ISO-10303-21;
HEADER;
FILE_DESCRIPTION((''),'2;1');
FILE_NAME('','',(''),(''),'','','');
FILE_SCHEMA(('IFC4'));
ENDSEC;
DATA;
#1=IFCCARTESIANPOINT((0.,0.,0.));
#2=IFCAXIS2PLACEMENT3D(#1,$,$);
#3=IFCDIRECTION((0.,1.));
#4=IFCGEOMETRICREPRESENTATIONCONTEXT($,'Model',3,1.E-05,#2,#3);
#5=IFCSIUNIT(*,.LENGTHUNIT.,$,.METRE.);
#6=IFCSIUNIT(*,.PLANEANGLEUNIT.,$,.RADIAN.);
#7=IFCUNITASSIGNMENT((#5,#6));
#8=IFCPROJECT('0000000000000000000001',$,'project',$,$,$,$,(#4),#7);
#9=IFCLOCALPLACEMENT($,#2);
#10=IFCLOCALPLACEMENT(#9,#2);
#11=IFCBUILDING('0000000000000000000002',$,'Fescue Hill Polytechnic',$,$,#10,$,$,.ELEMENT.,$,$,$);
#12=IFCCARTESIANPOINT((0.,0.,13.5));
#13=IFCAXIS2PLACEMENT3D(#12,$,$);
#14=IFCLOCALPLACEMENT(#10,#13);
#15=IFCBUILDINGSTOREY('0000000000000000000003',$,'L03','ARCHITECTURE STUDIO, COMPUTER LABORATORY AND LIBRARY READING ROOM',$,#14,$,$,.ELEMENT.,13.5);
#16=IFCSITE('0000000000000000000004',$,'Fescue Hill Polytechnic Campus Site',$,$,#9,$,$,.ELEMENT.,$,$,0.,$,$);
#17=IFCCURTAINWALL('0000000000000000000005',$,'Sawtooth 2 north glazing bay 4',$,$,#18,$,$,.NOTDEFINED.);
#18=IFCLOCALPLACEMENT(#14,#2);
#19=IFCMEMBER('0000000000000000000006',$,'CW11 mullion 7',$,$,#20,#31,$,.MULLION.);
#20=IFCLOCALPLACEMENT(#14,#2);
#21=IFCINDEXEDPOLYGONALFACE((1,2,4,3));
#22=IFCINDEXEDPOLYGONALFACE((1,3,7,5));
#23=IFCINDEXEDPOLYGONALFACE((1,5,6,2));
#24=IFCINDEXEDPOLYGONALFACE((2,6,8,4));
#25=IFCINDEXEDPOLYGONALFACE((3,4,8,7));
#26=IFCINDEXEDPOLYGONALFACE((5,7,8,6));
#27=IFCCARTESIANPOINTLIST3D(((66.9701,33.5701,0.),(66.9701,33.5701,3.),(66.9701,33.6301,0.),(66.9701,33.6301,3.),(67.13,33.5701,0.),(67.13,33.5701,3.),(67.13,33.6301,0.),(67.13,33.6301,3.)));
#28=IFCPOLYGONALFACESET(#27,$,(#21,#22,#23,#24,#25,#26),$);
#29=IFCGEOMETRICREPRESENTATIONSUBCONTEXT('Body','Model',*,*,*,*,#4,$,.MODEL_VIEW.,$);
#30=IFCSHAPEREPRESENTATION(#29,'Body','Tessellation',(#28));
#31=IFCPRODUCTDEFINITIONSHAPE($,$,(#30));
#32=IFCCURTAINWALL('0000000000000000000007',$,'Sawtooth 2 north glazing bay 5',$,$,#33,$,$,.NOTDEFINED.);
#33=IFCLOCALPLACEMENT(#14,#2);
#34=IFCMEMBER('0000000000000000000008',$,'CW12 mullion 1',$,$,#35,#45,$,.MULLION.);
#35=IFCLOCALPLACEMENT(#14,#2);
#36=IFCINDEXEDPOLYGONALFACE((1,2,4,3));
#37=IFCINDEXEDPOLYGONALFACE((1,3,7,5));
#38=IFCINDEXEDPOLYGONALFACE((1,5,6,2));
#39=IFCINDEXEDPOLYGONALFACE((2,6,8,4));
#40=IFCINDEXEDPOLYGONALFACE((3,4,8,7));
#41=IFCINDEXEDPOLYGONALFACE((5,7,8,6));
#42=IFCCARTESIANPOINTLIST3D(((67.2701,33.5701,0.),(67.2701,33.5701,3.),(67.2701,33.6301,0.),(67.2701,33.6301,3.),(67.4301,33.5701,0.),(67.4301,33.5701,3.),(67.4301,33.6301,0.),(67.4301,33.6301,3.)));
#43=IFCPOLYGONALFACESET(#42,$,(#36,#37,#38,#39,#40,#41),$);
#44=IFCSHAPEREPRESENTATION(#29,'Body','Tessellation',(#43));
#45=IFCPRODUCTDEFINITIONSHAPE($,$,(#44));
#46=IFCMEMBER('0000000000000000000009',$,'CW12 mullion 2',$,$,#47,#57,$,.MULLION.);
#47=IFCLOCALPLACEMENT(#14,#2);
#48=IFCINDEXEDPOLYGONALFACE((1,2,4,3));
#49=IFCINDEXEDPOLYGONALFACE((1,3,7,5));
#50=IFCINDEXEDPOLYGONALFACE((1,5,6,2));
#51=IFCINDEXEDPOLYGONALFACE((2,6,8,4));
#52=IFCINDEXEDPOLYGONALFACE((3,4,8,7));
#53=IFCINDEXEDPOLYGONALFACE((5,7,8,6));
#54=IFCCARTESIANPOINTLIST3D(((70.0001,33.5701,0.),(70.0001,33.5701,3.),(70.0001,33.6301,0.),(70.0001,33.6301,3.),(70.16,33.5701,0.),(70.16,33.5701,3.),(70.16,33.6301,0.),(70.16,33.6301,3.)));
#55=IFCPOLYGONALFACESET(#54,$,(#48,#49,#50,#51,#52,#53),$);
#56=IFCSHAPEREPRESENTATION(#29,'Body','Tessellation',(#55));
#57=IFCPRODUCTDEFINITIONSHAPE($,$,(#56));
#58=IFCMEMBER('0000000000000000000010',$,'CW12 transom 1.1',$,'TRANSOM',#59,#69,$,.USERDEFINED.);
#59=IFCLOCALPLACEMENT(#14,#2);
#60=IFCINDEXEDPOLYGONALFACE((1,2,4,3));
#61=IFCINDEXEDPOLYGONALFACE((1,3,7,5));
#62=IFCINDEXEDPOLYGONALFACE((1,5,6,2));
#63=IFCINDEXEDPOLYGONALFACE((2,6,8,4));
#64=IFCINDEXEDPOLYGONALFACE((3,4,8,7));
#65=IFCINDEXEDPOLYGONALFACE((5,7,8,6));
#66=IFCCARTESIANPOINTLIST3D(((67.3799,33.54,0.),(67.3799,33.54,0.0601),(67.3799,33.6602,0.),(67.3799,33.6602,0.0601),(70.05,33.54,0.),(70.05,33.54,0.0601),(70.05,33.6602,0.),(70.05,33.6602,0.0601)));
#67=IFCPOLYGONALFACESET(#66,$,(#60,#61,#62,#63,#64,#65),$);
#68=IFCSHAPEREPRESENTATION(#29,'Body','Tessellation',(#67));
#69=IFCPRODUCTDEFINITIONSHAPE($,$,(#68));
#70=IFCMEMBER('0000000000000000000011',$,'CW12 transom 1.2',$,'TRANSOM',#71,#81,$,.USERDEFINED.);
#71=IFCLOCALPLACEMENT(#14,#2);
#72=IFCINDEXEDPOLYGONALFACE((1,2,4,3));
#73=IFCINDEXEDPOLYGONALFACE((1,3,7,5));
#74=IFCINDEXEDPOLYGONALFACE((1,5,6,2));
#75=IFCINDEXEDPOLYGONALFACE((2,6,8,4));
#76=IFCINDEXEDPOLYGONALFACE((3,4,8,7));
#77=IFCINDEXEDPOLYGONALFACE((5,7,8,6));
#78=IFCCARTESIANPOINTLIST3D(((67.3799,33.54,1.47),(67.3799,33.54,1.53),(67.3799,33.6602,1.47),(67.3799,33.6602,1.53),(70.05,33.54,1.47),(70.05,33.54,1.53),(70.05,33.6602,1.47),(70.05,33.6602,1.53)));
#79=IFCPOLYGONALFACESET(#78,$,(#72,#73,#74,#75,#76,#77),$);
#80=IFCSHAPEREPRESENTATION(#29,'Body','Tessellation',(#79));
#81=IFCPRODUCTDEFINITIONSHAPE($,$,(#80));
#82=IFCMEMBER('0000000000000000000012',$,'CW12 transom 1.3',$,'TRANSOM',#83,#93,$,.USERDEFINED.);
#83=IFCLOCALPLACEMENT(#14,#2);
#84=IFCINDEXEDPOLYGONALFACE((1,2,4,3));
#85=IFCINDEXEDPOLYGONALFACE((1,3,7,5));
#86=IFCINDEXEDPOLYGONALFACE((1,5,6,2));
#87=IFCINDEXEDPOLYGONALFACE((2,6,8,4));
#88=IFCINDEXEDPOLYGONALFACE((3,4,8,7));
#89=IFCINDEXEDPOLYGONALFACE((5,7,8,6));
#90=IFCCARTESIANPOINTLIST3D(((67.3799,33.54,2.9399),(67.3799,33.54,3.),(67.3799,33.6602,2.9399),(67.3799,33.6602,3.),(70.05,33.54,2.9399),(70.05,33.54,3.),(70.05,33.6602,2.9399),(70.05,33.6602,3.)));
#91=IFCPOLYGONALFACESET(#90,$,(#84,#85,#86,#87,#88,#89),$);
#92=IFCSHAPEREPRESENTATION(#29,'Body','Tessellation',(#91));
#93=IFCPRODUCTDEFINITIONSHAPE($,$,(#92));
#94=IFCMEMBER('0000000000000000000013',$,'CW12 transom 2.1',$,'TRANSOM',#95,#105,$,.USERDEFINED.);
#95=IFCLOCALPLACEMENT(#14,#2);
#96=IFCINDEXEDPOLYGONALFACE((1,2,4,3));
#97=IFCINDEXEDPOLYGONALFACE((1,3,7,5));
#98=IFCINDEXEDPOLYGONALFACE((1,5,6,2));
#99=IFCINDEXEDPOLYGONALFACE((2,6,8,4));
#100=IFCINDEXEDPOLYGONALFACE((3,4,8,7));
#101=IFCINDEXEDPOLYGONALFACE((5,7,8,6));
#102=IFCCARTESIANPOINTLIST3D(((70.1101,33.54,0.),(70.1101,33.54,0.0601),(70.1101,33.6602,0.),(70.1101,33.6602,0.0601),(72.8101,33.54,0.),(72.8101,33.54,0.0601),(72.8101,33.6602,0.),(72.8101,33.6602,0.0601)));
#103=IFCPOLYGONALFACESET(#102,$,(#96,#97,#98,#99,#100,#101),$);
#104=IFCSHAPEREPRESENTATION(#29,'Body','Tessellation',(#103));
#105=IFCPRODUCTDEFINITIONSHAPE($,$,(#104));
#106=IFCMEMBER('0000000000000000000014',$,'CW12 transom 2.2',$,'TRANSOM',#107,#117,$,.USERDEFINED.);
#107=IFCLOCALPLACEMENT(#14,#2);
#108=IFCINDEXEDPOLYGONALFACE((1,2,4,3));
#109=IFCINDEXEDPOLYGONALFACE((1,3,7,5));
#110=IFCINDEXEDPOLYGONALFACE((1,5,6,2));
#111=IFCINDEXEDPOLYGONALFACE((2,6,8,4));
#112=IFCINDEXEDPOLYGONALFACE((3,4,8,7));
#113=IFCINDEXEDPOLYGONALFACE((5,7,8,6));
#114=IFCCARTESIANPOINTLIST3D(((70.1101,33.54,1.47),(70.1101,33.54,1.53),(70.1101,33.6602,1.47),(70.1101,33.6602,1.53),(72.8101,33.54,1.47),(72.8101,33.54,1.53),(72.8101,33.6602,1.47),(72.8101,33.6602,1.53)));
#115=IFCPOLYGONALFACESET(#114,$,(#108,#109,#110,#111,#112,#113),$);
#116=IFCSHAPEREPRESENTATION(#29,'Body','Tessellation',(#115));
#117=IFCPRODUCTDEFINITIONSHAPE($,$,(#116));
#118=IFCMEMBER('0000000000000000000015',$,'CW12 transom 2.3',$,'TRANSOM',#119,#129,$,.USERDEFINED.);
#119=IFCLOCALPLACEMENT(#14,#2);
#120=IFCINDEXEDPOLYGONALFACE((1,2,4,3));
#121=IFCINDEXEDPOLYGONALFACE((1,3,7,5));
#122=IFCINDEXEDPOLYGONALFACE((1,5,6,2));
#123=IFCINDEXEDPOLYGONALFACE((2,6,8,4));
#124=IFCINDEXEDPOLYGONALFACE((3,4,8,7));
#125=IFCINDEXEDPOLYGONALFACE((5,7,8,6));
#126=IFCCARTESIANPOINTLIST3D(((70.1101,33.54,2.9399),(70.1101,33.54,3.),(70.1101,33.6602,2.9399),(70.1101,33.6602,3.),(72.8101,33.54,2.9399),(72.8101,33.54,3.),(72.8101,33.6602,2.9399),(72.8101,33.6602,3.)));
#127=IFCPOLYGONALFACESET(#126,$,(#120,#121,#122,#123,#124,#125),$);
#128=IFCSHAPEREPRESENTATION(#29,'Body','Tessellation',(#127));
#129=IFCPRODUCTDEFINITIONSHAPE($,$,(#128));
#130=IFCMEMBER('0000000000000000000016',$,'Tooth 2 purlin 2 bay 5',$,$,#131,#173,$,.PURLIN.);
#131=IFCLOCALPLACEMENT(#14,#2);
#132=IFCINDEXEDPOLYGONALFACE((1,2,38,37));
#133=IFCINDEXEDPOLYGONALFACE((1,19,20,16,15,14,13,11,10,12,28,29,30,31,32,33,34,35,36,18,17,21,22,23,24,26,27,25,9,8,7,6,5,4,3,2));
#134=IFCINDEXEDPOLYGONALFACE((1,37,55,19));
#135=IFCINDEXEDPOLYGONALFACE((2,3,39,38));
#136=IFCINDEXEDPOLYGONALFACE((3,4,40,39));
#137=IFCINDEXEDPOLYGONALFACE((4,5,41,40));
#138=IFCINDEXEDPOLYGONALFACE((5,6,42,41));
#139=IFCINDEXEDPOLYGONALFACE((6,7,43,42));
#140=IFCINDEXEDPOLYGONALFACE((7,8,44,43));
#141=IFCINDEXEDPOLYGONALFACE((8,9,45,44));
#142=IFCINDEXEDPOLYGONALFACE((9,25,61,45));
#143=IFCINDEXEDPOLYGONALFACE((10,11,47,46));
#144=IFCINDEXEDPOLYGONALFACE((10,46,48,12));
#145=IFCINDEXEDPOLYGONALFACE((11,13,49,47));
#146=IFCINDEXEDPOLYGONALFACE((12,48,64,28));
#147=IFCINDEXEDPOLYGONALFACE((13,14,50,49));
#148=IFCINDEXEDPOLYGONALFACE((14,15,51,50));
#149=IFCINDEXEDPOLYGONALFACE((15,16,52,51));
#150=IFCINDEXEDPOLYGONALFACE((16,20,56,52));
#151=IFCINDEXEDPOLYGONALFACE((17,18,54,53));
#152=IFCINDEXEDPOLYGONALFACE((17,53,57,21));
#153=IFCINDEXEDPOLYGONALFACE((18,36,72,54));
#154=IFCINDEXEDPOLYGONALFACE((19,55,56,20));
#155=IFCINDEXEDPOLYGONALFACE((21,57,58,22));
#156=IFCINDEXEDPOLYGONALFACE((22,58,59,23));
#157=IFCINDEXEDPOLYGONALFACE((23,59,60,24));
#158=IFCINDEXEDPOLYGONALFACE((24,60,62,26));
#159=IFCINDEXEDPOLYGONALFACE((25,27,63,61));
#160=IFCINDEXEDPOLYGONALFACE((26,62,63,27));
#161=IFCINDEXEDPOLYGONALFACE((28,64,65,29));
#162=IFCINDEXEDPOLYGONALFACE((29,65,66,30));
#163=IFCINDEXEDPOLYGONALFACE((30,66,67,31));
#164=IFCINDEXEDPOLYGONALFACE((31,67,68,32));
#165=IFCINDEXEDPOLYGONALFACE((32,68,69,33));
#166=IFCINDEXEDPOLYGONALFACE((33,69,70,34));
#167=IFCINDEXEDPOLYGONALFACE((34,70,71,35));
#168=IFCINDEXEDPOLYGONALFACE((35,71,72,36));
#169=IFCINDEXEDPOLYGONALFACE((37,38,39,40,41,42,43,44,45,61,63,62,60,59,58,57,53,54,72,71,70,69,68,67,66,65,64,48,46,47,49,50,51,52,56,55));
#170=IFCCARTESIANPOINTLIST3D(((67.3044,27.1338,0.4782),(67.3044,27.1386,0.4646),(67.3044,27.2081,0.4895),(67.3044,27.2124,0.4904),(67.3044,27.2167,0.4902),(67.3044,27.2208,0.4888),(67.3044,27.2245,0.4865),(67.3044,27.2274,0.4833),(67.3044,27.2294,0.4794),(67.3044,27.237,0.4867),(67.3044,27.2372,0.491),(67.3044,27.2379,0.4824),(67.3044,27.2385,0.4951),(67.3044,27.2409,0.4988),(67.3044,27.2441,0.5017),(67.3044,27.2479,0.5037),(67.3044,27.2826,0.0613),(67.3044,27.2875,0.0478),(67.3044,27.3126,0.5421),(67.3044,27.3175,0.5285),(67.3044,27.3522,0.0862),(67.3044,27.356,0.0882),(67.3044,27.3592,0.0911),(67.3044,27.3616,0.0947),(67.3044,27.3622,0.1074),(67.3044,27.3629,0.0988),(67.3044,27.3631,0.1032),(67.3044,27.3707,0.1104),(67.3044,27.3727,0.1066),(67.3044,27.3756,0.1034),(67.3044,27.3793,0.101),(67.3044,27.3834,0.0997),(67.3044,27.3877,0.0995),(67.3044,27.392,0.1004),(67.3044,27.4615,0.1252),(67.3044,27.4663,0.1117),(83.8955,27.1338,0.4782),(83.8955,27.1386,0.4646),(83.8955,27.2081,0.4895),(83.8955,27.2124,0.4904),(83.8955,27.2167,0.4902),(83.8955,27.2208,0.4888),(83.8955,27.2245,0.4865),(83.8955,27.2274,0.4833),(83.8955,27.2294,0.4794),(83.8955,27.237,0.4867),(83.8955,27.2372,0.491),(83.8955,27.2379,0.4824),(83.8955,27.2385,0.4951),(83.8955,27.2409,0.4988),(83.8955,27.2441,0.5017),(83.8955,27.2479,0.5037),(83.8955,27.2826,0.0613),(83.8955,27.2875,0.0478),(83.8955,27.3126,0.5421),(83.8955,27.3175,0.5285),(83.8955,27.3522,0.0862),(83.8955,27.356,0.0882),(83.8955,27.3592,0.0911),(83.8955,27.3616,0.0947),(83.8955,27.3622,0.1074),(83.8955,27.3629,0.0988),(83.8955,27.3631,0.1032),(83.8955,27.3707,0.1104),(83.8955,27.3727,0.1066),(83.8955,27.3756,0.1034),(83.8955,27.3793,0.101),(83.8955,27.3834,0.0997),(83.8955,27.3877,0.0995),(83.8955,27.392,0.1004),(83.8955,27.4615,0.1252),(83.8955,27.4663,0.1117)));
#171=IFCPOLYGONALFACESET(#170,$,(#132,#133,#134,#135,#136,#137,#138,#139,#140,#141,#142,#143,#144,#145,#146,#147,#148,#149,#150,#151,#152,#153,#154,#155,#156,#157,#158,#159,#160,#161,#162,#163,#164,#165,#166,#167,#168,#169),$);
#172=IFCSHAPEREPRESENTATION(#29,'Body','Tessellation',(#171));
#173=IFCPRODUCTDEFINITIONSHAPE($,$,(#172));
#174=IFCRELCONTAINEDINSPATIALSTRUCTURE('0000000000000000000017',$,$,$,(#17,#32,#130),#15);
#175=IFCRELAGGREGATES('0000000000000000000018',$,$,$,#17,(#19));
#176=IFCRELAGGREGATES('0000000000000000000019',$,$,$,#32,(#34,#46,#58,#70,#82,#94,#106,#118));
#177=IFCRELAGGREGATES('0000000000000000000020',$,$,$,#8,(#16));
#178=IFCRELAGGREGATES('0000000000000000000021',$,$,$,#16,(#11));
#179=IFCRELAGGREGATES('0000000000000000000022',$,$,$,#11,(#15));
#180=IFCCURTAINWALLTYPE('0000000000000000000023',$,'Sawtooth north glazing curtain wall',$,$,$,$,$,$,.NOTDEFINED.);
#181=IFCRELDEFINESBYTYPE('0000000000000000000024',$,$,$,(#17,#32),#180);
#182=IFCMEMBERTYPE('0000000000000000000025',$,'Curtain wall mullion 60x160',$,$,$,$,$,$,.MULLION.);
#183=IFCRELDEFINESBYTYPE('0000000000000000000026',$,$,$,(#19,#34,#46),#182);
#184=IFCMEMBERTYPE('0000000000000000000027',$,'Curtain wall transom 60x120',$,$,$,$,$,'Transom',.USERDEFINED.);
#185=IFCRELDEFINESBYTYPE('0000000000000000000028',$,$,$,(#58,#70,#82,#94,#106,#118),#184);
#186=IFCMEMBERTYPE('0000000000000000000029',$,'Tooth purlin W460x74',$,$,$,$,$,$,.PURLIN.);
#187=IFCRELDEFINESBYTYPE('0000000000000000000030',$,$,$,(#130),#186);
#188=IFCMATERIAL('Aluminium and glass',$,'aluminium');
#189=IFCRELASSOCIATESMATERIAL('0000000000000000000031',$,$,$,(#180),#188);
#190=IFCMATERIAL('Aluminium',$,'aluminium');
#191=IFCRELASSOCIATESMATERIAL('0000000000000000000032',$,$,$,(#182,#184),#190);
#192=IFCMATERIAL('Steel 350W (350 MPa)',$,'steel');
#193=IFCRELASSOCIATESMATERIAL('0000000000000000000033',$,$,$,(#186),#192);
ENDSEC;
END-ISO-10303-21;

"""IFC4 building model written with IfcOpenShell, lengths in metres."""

from ifc_helpers import new_model, si_unit, direction, frame, origin, origin_2d, place, context, subcontext, project, spatial, rectangle, i_section, extrude, material, material_profile, profile_set, type_object, element, aggregate, save


model = new_model("IFC4")

# Units and contexts
model_context = context("Model", 3, precision=1e-05, world=origin(), true_north=direction((0.0, 1.0)))
body_context = subcontext(model_context, "Body", "Model", "MODEL_VIEW")
ifc_project = project(units=[si_unit("LENGTHUNIT", "METRE"), si_unit("PLANEANGLEUNIT", "RADIAN")], contexts=[model_context])

# Site, building, storey
site_placement = place(None, origin())
site = spatial("IfcSite", under=ifc_project, at=site_placement, Name="Fescue Hill Polytechnic Campus Site", CompositionType="ELEMENT", RefElevation=0.0)
building_placement = place(site_placement, origin())
building = spatial("IfcBuilding", under=site, at=building_placement, Name="Fescue Hill Polytechnic", CompositionType="ELEMENT")
storey_placement = place(building_placement, frame((0.0, 0.0, 13.5)))
storey = spatial("IfcBuildingStorey", under=building, at=storey_placement, Name="L03", Description="ARCHITECTURE STUDIO, COMPUTER LABORATORY AND LIBRARY READING ROOM", CompositionType="ELEMENT", Elevation=13.5)

# Curtain wall, member
ifc_material_1 = material(Name="Aluminium and glass", Category="aluminium")
curtain_wall_type = type_object("IfcCurtainWallType", Name="Sawtooth north glazing curtain wall", PredefinedType="NOTDEFINED", material=ifc_material_1)
curtain_wall_1_placement = place(storey_placement, origin())
curtain_wall_1 = element("IfcCurtainWall", 1, at=curtain_wall_1_placement, inside=storey, type_object=curtain_wall_type, Name="Sawtooth 2 north glazing bay 4", PredefinedType="NOTDEFINED")
ifc_material_2 = material(Name="Aluminium", Category="aluminium")
ifc_material_profile_1 = material_profile(ifc_material_2, rectangle(XDim=0.0601, YDim=0.1599, at=origin_2d()), Name="Curtain wall mullion 60x160")
ifc_profile_set_1 = profile_set([ifc_material_profile_1], Name="Aluminium")
member_type_1 = type_object("IfcMemberType", Name="Curtain wall mullion 60x160", PredefinedType="MULLION", material=ifc_profile_set_1)
member_1_placement = place(storey_placement, frame((67.05, 33.6001, 0.0), z_axis=(0.0, 0.0, 1.0), x_axis=(0.0, 1.0, 0.0)))
member_1 = element("IfcMember", 2, at=member_1_placement, type_object=member_type_1, Name="CW11 mullion 7", PredefinedType="MULLION", context=body_context, shape_type="SweptSolid", body=[
    extrude(rectangle(XDim=0.0601, YDim=0.1599, at=origin_2d()), origin(), (0.0, 0.0, 1.0), 3.0),
])

# Curtain wall, members
curtain_wall_2_placement = place(storey_placement, origin())
curtain_wall_2 = element("IfcCurtainWall", 3, at=curtain_wall_2_placement, inside=storey, type_object=curtain_wall_type, Name="Sawtooth 2 north glazing bay 5", PredefinedType="NOTDEFINED")
member_2_placement = place(storey_placement, frame((67.3501, 33.6001, 0.0), z_axis=(0.0, 0.0, 1.0), x_axis=(0.0, 1.0, 0.0)))
member_2 = element("IfcMember", 4, at=member_2_placement, type_object=member_type_1, Name="CW12 mullion 1", PredefinedType="MULLION", context=body_context, shape_type="SweptSolid", body=[
    extrude(rectangle(XDim=0.0601, YDim=0.1599, at=origin_2d()), origin(), (0.0, 0.0, 1.0), 3.0),
])
member_3_placement = place(storey_placement, frame((70.0801, 33.6001, 0.0), z_axis=(0.0, 0.0, 1.0), x_axis=(0.0, 1.0, 0.0)))
member_3 = element("IfcMember", 5, at=member_3_placement, type_object=member_type_1, Name="CW12 mullion 2", PredefinedType="MULLION", context=body_context, shape_type="SweptSolid", body=[
    extrude(rectangle(XDim=0.0601, YDim=0.1599, at=origin_2d()), origin(), (0.0, 0.0, 1.0), 3.0),
])
ifc_material_profile_2 = material_profile(ifc_material_2, rectangle(XDim=0.1201, YDim=0.0601, at=origin_2d()), Name="Curtain wall transom 60x120")
ifc_profile_set_2 = profile_set([ifc_material_profile_2], Name="Aluminium")
member_type_2 = type_object("IfcMemberType", Name="Curtain wall transom 60x120", ElementType="Transom", PredefinedType="USERDEFINED", material=ifc_profile_set_2)
member_4_placement = place(storey_placement, frame((67.3799, 33.6001, 0.03), z_axis=(1.0, 0.0, 0.0), x_axis=(0.0, 1.0, 0.0)))
member_4 = element("IfcMember", 6, at=member_4_placement, type_object=member_type_2, Name="CW12 transom 1.1", ObjectType="TRANSOM", PredefinedType="USERDEFINED", context=body_context, shape_type="SweptSolid", body=[
    extrude(rectangle(XDim=0.1201, YDim=0.0601, at=origin_2d()), origin(), (0.0, 0.0, 1.0), 2.6702),
])
member_5_placement = place(storey_placement, frame((67.3799, 33.6001, 1.5), z_axis=(1.0, 0.0, 0.0), x_axis=(0.0, 1.0, 0.0)))
member_5 = element("IfcMember", 7, at=member_5_placement, type_object=member_type_2, Name="CW12 transom 1.2", ObjectType="TRANSOM", PredefinedType="USERDEFINED", context=body_context, shape_type="SweptSolid", body=[
    extrude(rectangle(XDim=0.1201, YDim=0.0601, at=origin_2d()), origin(), (0.0, 0.0, 1.0), 2.6702),
])
member_6_placement = place(storey_placement, frame((67.3799, 33.6001, 2.97), z_axis=(1.0, 0.0, 0.0), x_axis=(0.0, 1.0, 0.0)))
member_6 = element("IfcMember", 8, at=member_6_placement, type_object=member_type_2, Name="CW12 transom 1.3", ObjectType="TRANSOM", PredefinedType="USERDEFINED", context=body_context, shape_type="SweptSolid", body=[
    extrude(rectangle(XDim=0.1201, YDim=0.0601, at=origin_2d()), origin(), (0.0, 0.0, 1.0), 2.6702),
])
member_7_placement = place(storey_placement, frame((70.1101, 33.6001, 0.03), z_axis=(1.0, 0.0, 0.0), x_axis=(0.0, 1.0, 0.0)))
member_7 = element("IfcMember", 9, at=member_7_placement, type_object=member_type_2, Name="CW12 transom 2.1", ObjectType="TRANSOM", PredefinedType="USERDEFINED", context=body_context, shape_type="SweptSolid", body=[
    extrude(rectangle(XDim=0.1201, YDim=0.0601, at=origin_2d()), origin(), (0.0, 0.0, 1.0), 2.7),
])
member_8_placement = place(storey_placement, frame((70.1101, 33.6001, 1.5), z_axis=(1.0, 0.0, 0.0), x_axis=(0.0, 1.0, 0.0)))
member_8 = element("IfcMember", 10, at=member_8_placement, type_object=member_type_2, Name="CW12 transom 2.2", ObjectType="TRANSOM", PredefinedType="USERDEFINED", context=body_context, shape_type="SweptSolid", body=[
    extrude(rectangle(XDim=0.1201, YDim=0.0601, at=origin_2d()), origin(), (0.0, 0.0, 1.0), 2.7),
])
member_9_placement = place(storey_placement, frame((70.1101, 33.6001, 2.97), z_axis=(1.0, 0.0, 0.0), x_axis=(0.0, 1.0, 0.0)))
member_9 = element("IfcMember", 11, at=member_9_placement, type_object=member_type_2, Name="CW12 transom 2.3", ObjectType="TRANSOM", PredefinedType="USERDEFINED", context=body_context, shape_type="SweptSolid", body=[
    extrude(rectangle(XDim=0.1201, YDim=0.0601, at=origin_2d()), origin(), (0.0, 0.0, 1.0), 2.7),
])

# Member
ifc_material_3 = material(Name="Steel 350W (350 MPa)", Category="steel")
ifc_material_profile_3 = material_profile(ifc_material_3, i_section(OverallWidth=0.1899, OverallDepth=0.457, WebThickness=0.009, FlangeThickness=0.0144, FilletRadius=0.0166, at=origin_2d()), Name="W460x74")
ifc_profile_set_3 = profile_set([ifc_material_profile_3], Name="Steel 350W (350 MPa)")
member_type_3 = type_object("IfcMemberType", Name="Tooth purlin W460x74", PredefinedType="PURLIN", material=ifc_profile_set_3)
for number, where, z_axis, x_axis, name in (
    (12, (67.3044, 27.3, 0.2949), (1.0, 0.0, 0.0), (0.0, 0.941742, 0.336336), "Tooth 2 purlin 2 bay 5"),
):
    element("IfcMember", number, at=place(storey_placement, frame(where, z_axis=z_axis, x_axis=x_axis)), inside=storey, type_object=member_type_3, Name=name, PredefinedType="PURLIN", context=body_context, shape_type="SweptSolid", body=[
        extrude(i_section(OverallWidth=0.1899, OverallDepth=0.457, WebThickness=0.009, FlangeThickness=0.0144, FilletRadius=0.0166, at=origin_2d()), origin(), (0.0, 0.0, 1.0), 16.5911),
    ])

aggregate(curtain_wall_1, [member_1])
aggregate(curtain_wall_2, [member_2, member_3, member_4, member_5, member_6, member_7, member_8, member_9])

save(model, "model.ifc")
